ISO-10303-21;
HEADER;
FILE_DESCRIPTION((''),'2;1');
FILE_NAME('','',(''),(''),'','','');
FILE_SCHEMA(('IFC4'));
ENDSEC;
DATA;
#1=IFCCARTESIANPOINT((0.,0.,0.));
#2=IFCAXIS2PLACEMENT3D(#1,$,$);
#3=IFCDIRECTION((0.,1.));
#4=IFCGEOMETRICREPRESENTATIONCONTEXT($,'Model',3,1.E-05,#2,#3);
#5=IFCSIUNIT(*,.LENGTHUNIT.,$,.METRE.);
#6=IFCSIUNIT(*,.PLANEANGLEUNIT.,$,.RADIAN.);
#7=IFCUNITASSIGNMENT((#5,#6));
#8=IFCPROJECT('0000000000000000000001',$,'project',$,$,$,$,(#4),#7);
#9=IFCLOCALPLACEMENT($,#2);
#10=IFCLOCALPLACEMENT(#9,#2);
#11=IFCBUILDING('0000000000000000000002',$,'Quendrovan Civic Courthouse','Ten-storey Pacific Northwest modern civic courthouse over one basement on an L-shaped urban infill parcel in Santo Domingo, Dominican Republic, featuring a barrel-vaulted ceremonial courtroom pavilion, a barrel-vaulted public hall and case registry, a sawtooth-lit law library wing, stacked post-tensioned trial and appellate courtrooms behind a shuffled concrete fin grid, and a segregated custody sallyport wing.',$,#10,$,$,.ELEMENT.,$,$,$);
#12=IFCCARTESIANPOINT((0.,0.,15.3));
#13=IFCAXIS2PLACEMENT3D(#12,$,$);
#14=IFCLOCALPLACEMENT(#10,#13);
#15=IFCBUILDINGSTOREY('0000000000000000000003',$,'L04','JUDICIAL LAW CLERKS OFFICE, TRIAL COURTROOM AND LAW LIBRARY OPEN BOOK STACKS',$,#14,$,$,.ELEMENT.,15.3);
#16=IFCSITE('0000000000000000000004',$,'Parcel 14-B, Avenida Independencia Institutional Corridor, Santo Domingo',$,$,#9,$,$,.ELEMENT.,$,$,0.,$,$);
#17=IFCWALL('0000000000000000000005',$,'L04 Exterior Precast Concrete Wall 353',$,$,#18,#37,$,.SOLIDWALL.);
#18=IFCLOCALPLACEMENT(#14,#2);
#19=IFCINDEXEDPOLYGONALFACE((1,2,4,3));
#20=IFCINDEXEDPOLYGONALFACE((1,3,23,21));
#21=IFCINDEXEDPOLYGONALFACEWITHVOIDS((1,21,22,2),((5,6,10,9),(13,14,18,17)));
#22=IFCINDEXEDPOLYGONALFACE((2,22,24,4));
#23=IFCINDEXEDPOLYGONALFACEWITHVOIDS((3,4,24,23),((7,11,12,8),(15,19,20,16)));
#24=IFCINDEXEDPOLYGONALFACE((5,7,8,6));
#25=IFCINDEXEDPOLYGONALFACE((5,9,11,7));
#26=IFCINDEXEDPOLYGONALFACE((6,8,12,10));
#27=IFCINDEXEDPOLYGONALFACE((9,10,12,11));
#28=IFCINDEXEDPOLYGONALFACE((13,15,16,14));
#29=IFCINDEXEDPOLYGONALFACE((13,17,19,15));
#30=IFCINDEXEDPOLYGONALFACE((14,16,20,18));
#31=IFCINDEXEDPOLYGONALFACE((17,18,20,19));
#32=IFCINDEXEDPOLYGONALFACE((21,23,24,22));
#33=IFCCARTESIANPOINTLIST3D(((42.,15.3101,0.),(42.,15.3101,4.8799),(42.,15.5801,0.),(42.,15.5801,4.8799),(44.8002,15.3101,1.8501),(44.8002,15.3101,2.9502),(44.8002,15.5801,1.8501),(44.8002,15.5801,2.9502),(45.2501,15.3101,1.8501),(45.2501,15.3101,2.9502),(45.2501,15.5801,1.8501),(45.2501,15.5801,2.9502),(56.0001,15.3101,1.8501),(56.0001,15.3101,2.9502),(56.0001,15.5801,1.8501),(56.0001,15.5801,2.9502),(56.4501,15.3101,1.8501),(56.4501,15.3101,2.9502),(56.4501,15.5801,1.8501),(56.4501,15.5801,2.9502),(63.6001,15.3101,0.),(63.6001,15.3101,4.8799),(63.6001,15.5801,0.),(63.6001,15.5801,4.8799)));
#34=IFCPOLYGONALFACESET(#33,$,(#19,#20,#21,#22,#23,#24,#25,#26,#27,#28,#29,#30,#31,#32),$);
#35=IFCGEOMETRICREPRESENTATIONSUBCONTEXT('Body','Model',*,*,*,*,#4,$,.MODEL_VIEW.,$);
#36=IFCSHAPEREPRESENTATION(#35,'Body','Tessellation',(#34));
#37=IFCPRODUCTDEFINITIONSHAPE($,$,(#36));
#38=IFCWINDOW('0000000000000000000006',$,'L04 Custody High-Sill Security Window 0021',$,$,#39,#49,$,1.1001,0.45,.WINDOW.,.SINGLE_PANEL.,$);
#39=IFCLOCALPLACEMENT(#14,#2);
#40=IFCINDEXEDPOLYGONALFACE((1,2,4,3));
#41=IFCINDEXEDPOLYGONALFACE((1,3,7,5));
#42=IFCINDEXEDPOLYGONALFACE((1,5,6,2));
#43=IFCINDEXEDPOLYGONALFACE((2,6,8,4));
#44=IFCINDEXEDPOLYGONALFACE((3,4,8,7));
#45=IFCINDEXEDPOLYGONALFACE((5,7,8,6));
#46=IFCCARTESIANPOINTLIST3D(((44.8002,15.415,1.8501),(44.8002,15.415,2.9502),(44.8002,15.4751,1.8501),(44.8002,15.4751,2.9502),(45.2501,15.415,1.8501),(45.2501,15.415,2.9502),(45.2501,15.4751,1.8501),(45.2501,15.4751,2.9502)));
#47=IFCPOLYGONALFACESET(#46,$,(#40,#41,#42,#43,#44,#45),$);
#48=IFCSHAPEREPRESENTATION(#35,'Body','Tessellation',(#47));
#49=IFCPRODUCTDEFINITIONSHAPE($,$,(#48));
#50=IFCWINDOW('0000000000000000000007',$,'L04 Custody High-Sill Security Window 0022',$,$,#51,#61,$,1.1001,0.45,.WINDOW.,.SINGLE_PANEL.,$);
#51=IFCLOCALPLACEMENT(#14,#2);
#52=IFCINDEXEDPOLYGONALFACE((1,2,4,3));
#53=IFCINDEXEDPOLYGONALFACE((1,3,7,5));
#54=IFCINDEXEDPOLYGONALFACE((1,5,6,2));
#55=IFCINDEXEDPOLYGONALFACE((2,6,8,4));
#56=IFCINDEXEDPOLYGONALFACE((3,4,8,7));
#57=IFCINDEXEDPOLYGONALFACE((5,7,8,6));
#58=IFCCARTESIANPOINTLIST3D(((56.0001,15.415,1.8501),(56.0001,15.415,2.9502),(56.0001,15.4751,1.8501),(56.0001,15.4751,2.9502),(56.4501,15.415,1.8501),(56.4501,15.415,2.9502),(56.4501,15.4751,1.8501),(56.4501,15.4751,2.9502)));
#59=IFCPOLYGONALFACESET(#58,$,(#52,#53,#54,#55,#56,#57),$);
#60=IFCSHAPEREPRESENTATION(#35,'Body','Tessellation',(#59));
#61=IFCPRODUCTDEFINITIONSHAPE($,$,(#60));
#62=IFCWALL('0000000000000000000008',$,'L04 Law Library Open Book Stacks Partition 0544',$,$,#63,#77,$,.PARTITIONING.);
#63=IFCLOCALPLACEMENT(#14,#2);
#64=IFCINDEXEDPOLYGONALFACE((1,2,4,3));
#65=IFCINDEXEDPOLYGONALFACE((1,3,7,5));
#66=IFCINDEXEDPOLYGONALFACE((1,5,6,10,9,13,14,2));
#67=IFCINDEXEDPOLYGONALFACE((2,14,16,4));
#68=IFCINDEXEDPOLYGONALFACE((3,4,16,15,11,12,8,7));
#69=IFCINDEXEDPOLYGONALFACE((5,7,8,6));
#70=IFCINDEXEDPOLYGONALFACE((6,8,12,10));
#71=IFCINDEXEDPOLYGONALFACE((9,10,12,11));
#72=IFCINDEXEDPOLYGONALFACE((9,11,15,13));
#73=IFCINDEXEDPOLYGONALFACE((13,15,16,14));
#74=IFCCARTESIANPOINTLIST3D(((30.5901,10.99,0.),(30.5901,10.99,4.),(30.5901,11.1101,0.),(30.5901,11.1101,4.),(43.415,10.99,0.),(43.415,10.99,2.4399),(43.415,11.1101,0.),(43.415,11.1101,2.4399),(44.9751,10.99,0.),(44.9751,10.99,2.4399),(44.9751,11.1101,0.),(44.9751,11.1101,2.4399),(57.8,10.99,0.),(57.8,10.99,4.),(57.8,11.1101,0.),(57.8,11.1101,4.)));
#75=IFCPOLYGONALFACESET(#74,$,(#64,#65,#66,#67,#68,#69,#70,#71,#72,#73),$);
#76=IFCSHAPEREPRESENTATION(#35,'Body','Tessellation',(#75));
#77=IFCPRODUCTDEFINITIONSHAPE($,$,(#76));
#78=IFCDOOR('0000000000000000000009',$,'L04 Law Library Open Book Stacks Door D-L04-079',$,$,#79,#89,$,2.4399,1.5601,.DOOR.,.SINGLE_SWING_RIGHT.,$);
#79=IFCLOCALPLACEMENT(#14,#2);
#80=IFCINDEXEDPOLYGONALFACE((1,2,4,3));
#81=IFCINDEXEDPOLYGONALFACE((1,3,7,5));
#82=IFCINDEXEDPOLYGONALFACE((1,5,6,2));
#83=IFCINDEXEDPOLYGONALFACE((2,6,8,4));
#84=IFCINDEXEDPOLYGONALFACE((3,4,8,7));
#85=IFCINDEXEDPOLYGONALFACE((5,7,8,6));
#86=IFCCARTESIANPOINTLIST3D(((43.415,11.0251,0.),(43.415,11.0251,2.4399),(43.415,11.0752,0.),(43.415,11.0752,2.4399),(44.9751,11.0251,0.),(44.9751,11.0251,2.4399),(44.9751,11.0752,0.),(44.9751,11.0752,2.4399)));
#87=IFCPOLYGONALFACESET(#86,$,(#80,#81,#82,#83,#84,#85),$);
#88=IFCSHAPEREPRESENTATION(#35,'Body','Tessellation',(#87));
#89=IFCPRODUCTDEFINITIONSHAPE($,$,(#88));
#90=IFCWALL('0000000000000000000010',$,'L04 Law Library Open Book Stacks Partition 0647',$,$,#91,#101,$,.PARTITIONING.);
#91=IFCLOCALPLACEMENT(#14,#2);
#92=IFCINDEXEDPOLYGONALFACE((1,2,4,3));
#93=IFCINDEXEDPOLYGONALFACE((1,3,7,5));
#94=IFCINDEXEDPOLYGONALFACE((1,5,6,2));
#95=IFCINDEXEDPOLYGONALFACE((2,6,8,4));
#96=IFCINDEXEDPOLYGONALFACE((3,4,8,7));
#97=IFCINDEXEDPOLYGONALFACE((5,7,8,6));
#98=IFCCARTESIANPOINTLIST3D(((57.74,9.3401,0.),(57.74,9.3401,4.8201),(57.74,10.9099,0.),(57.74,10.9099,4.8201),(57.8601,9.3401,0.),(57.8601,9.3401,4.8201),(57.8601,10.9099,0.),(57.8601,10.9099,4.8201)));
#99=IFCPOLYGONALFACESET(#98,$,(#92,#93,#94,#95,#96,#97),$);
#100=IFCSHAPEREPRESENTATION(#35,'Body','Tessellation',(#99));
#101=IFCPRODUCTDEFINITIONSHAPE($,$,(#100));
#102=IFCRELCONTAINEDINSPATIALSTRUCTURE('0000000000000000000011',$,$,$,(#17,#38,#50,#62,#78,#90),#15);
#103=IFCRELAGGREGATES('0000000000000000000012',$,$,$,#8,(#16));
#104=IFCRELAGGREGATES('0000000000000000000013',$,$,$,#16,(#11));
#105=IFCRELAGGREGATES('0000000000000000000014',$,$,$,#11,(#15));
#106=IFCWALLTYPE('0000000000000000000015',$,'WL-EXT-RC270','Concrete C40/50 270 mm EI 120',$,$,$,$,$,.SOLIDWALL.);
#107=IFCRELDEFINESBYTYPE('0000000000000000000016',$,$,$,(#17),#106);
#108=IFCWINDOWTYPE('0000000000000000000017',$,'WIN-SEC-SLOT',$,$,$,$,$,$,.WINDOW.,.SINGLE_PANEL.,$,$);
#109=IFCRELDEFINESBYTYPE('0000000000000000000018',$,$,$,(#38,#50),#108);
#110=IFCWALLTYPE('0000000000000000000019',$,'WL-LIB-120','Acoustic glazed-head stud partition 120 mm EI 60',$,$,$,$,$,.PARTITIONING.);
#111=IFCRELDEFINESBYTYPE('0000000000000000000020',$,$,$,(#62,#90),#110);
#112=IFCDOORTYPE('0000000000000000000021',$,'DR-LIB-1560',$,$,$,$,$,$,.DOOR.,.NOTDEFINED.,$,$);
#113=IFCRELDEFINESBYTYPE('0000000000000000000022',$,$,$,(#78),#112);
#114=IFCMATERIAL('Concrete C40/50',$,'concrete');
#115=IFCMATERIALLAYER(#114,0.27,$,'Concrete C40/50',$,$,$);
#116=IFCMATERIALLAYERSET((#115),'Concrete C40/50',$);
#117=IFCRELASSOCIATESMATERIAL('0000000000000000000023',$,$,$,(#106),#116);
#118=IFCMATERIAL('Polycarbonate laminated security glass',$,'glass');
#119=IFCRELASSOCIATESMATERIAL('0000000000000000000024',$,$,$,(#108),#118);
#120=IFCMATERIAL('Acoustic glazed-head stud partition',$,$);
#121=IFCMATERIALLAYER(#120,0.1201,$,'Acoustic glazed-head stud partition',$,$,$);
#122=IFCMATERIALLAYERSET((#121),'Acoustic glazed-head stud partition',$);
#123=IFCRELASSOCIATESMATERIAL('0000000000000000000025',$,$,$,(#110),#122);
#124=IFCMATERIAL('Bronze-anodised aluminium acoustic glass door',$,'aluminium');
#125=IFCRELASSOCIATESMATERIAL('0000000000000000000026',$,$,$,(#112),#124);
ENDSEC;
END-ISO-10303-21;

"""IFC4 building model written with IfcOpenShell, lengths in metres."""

from ifc_helpers import new_model, si_unit, direction, frame, frame_2d, origin, place, context, subcontext, project, spatial, rectangle, extrude, material, layer, layer_set, type_object, element, fill, save


model = new_model("IFC4")

# Units and contexts
model_context = context("Model", 3, precision=1e-05, world=origin(), true_north=direction((0.0, 1.0)))
body_context = subcontext(model_context, "Body", "Model", "MODEL_VIEW")
ifc_project = project(units=[si_unit("LENGTHUNIT", "METRE"), si_unit("PLANEANGLEUNIT", "RADIAN")], contexts=[model_context])

# Site, building, storey
site_placement = place(None, origin())
site = spatial("IfcSite", under=ifc_project, at=site_placement, Name="Parcel 14-B, Avenida Independencia Institutional Corridor, Santo Domingo", CompositionType="ELEMENT", RefElevation=0.0)
building_placement = place(site_placement, origin())
building = spatial("IfcBuilding", under=site, at=building_placement, Name="Quendrovan Civic Courthouse", Description="Ten-storey Pacific Northwest modern civic courthouse over one basement on an L-shaped urban infill parcel in Santo Domingo, Dominican Republic, featuring a barrel-vaulted ceremonial courtroom pavilion, a barrel-vaulted public hall and case registry, a sawtooth-lit law library wing, stacked post-tensioned trial and appellate courtrooms behind a shuffled concrete fin grid, and a segregated custody sallyport wing.", CompositionType="ELEMENT")
storey_placement = place(building_placement, frame((0.0, 0.0, 15.3)))
storey = spatial("IfcBuildingStorey", under=building, at=storey_placement, Name="L04", Description="JUDICIAL LAW CLERKS OFFICE, TRIAL COURTROOM AND LAW LIBRARY OPEN BOOK STACKS", CompositionType="ELEMENT", Elevation=15.3)

# Shared definitions
ifc_material_1 = material(Name="Concrete C40/50", Category="concrete")

# Wall, openings, windows
ifc_layer_1 = layer(ifc_material_1, 0.27, Name="Concrete C40/50")
ifc_layer_set_1 = layer_set([ifc_layer_1], Name="Concrete C40/50")
wall_type_1 = type_object("IfcWallType", Name="WL-EXT-RC270", Description="Concrete C40/50 270 mm EI 120", PredefinedType="SOLIDWALL", material=ifc_layer_set_1)
wall_1_placement = place(storey_placement, frame((42.0, 15.4451, 0.0), z_axis=(0.0, 0.0, 1.0), x_axis=(1.0, 0.0, 0.0)))
wall_1 = element("IfcWall", 1, at=wall_1_placement, inside=storey, type_object=wall_type_1, Name="L04 Exterior Precast Concrete Wall 353", PredefinedType="SOLIDWALL", context=body_context, shape_type="SweptSolid", body=[
    extrude(rectangle(XDim=21.6001, YDim=0.27, at=frame_2d((10.8, 0.0))), origin(), (0.0, 0.0, 1.0), 4.8799),
])
opening_1_placement = place(wall_1_placement, frame((2.8, 0.0, 1.8501)))
opening_1 = element("IfcOpeningElement", 2, at=opening_1_placement, cuts=wall_1, PredefinedType="OPENING", context=body_context, shape_type="SweptSolid", body=[
    extrude(rectangle(XDim=0.45, YDim=1.1001, at=frame_2d((0.2251, 0.55))), frame((0.0, 0.145, 0.0), z_axis=(0.0, -1.0, 0.0), x_axis=(1.0, 0.0, 0.0)), (0.0, 0.0, 1.0), 0.29),
])
opening_2_placement = place(wall_1_placement, frame((14.0, 0.0, 1.8501)))
opening_2 = element("IfcOpeningElement", 3, at=opening_2_placement, cuts=wall_1, PredefinedType="OPENING", context=body_context, shape_type="SweptSolid", body=[
    extrude(rectangle(XDim=0.45, YDim=1.1001, at=frame_2d((0.2251, 0.55))), frame((0.0, 0.145, 0.0), z_axis=(0.0, -1.0, 0.0), x_axis=(1.0, 0.0, 0.0)), (0.0, 0.0, 1.0), 0.29),
])
ifc_material_2 = material(Name="Polycarbonate laminated security glass", Category="glass")
window_type = type_object("IfcWindowType", Name="WIN-SEC-SLOT", PartitioningType="SINGLE_PANEL", PredefinedType="WINDOW", material=ifc_material_2)
window_1_placement = place(opening_1_placement, origin())
window_1 = element("IfcWindow", 4, at=window_1_placement, inside=storey, type_object=window_type, Name="L04 Custody High-Sill Security Window 0021", OverallHeight=1.1001, OverallWidth=0.45, PartitioningType="SINGLE_PANEL", PredefinedType="WINDOW", context=body_context, shape_type="SweptSolid", body=[
    extrude(rectangle(XDim=0.45, YDim=1.1001, at=frame_2d((0.2251, 0.55))), frame((0.0, 0.03, 0.0), z_axis=(0.0, -1.0, 0.0), x_axis=(1.0, 0.0, 0.0)), (0.0, 0.0, 1.0), 0.0601),
])
fill(opening_1, window_1)
window_2_placement = place(opening_2_placement, origin())
window_2 = element("IfcWindow", 5, at=window_2_placement, inside=storey, type_object=window_type, Name="L04 Custody High-Sill Security Window 0022", OverallHeight=1.1001, OverallWidth=0.45, PartitioningType="SINGLE_PANEL", PredefinedType="WINDOW", context=body_context, shape_type="SweptSolid", body=[
    extrude(rectangle(XDim=0.45, YDim=1.1001, at=frame_2d((0.2251, 0.55))), frame((0.0, 0.03, 0.0), z_axis=(0.0, -1.0, 0.0), x_axis=(1.0, 0.0, 0.0)), (0.0, 0.0, 1.0), 0.0601),
])
fill(opening_2, window_2)

# Wall, opening, door
ifc_material_3 = material(Name="Acoustic glazed-head stud partition")
ifc_layer_2 = layer(ifc_material_3, 0.1201, Name="Acoustic glazed-head stud partition")
ifc_layer_set_2 = layer_set([ifc_layer_2], Name="Acoustic glazed-head stud partition")
wall_type_2 = type_object("IfcWallType", Name="WL-LIB-120", Description="Acoustic glazed-head stud partition 120 mm EI 60", PredefinedType="PARTITIONING", material=ifc_layer_set_2)
wall_2_placement = place(storey_placement, frame((57.8, 11.05, 0.0), z_axis=(0.0, 0.0, 1.0), x_axis=(-1.0, 0.0, 0.0)))
wall_2 = element("IfcWall", 6, at=wall_2_placement, inside=storey, type_object=wall_type_2, Name="L04 Law Library Open Book Stacks Partition 0544", PredefinedType="PARTITIONING", context=body_context, shape_type="SweptSolid", body=[
    extrude(rectangle(XDim=27.21, YDim=0.1201, at=frame_2d((13.605, 0.0))), origin(), (0.0, 0.0, 1.0), 4.0),
])
opening_3_placement = place(wall_2_placement, frame((12.825, 0.0, 0.0)))
opening_3 = element("IfcOpeningElement", 7, at=opening_3_placement, cuts=wall_2, PredefinedType="OPENING", context=body_context, shape_type="SweptSolid", body=[
    extrude(rectangle(XDim=1.5601, YDim=2.4399, at=frame_2d((0.78, 1.22))), frame((0.0, 0.0701, 0.0), z_axis=(0.0, -1.0, 0.0), x_axis=(1.0, 0.0, 0.0)), (0.0, 0.0, 1.0), 0.1401),
])
ifc_material_4 = material(Name="Bronze-anodised aluminium acoustic glass door", Category="aluminium")
door_type = type_object("IfcDoorType", Name="DR-LIB-1560", OperationType="NOTDEFINED", PredefinedType="DOOR", material=ifc_material_4)
door_placement = place(opening_3_placement, origin())
door = element("IfcDoor", 8, at=door_placement, inside=storey, type_object=door_type, Name="L04 Law Library Open Book Stacks Door D-L04-079", OperationType="SINGLE_SWING_RIGHT", OverallHeight=2.4399, OverallWidth=1.5601, PredefinedType="DOOR", context=body_context, shape_type="SweptSolid", body=[
    extrude(rectangle(XDim=1.5601, YDim=2.4399, at=frame_2d((0.78, 1.22))), frame((0.0, 0.0249, 0.0), z_axis=(0.0, -1.0, 0.0), x_axis=(1.0, 0.0, 0.0)), (0.0, 0.0, 1.0), 0.05),
])
fill(opening_3, door)

# Wall
wall_3_placement = place(storey_placement, frame((57.8, 9.3401, 0.0), z_axis=(0.0, 0.0, 1.0), x_axis=(0.0, 1.0, 0.0)))
element("IfcWall", 9, at=wall_3_placement, inside=storey, type_object=wall_type_2, Name="L04 Law Library Open Book Stacks Partition 0647", PredefinedType="PARTITIONING", context=body_context, shape_type="SweptSolid", body=[
    extrude(rectangle(XDim=1.5698, YDim=0.1201, at=frame_2d((0.7849, 0.0))), origin(), (0.0, 0.0, 1.0), 4.8201),
])

save(model, "model.ifc")
